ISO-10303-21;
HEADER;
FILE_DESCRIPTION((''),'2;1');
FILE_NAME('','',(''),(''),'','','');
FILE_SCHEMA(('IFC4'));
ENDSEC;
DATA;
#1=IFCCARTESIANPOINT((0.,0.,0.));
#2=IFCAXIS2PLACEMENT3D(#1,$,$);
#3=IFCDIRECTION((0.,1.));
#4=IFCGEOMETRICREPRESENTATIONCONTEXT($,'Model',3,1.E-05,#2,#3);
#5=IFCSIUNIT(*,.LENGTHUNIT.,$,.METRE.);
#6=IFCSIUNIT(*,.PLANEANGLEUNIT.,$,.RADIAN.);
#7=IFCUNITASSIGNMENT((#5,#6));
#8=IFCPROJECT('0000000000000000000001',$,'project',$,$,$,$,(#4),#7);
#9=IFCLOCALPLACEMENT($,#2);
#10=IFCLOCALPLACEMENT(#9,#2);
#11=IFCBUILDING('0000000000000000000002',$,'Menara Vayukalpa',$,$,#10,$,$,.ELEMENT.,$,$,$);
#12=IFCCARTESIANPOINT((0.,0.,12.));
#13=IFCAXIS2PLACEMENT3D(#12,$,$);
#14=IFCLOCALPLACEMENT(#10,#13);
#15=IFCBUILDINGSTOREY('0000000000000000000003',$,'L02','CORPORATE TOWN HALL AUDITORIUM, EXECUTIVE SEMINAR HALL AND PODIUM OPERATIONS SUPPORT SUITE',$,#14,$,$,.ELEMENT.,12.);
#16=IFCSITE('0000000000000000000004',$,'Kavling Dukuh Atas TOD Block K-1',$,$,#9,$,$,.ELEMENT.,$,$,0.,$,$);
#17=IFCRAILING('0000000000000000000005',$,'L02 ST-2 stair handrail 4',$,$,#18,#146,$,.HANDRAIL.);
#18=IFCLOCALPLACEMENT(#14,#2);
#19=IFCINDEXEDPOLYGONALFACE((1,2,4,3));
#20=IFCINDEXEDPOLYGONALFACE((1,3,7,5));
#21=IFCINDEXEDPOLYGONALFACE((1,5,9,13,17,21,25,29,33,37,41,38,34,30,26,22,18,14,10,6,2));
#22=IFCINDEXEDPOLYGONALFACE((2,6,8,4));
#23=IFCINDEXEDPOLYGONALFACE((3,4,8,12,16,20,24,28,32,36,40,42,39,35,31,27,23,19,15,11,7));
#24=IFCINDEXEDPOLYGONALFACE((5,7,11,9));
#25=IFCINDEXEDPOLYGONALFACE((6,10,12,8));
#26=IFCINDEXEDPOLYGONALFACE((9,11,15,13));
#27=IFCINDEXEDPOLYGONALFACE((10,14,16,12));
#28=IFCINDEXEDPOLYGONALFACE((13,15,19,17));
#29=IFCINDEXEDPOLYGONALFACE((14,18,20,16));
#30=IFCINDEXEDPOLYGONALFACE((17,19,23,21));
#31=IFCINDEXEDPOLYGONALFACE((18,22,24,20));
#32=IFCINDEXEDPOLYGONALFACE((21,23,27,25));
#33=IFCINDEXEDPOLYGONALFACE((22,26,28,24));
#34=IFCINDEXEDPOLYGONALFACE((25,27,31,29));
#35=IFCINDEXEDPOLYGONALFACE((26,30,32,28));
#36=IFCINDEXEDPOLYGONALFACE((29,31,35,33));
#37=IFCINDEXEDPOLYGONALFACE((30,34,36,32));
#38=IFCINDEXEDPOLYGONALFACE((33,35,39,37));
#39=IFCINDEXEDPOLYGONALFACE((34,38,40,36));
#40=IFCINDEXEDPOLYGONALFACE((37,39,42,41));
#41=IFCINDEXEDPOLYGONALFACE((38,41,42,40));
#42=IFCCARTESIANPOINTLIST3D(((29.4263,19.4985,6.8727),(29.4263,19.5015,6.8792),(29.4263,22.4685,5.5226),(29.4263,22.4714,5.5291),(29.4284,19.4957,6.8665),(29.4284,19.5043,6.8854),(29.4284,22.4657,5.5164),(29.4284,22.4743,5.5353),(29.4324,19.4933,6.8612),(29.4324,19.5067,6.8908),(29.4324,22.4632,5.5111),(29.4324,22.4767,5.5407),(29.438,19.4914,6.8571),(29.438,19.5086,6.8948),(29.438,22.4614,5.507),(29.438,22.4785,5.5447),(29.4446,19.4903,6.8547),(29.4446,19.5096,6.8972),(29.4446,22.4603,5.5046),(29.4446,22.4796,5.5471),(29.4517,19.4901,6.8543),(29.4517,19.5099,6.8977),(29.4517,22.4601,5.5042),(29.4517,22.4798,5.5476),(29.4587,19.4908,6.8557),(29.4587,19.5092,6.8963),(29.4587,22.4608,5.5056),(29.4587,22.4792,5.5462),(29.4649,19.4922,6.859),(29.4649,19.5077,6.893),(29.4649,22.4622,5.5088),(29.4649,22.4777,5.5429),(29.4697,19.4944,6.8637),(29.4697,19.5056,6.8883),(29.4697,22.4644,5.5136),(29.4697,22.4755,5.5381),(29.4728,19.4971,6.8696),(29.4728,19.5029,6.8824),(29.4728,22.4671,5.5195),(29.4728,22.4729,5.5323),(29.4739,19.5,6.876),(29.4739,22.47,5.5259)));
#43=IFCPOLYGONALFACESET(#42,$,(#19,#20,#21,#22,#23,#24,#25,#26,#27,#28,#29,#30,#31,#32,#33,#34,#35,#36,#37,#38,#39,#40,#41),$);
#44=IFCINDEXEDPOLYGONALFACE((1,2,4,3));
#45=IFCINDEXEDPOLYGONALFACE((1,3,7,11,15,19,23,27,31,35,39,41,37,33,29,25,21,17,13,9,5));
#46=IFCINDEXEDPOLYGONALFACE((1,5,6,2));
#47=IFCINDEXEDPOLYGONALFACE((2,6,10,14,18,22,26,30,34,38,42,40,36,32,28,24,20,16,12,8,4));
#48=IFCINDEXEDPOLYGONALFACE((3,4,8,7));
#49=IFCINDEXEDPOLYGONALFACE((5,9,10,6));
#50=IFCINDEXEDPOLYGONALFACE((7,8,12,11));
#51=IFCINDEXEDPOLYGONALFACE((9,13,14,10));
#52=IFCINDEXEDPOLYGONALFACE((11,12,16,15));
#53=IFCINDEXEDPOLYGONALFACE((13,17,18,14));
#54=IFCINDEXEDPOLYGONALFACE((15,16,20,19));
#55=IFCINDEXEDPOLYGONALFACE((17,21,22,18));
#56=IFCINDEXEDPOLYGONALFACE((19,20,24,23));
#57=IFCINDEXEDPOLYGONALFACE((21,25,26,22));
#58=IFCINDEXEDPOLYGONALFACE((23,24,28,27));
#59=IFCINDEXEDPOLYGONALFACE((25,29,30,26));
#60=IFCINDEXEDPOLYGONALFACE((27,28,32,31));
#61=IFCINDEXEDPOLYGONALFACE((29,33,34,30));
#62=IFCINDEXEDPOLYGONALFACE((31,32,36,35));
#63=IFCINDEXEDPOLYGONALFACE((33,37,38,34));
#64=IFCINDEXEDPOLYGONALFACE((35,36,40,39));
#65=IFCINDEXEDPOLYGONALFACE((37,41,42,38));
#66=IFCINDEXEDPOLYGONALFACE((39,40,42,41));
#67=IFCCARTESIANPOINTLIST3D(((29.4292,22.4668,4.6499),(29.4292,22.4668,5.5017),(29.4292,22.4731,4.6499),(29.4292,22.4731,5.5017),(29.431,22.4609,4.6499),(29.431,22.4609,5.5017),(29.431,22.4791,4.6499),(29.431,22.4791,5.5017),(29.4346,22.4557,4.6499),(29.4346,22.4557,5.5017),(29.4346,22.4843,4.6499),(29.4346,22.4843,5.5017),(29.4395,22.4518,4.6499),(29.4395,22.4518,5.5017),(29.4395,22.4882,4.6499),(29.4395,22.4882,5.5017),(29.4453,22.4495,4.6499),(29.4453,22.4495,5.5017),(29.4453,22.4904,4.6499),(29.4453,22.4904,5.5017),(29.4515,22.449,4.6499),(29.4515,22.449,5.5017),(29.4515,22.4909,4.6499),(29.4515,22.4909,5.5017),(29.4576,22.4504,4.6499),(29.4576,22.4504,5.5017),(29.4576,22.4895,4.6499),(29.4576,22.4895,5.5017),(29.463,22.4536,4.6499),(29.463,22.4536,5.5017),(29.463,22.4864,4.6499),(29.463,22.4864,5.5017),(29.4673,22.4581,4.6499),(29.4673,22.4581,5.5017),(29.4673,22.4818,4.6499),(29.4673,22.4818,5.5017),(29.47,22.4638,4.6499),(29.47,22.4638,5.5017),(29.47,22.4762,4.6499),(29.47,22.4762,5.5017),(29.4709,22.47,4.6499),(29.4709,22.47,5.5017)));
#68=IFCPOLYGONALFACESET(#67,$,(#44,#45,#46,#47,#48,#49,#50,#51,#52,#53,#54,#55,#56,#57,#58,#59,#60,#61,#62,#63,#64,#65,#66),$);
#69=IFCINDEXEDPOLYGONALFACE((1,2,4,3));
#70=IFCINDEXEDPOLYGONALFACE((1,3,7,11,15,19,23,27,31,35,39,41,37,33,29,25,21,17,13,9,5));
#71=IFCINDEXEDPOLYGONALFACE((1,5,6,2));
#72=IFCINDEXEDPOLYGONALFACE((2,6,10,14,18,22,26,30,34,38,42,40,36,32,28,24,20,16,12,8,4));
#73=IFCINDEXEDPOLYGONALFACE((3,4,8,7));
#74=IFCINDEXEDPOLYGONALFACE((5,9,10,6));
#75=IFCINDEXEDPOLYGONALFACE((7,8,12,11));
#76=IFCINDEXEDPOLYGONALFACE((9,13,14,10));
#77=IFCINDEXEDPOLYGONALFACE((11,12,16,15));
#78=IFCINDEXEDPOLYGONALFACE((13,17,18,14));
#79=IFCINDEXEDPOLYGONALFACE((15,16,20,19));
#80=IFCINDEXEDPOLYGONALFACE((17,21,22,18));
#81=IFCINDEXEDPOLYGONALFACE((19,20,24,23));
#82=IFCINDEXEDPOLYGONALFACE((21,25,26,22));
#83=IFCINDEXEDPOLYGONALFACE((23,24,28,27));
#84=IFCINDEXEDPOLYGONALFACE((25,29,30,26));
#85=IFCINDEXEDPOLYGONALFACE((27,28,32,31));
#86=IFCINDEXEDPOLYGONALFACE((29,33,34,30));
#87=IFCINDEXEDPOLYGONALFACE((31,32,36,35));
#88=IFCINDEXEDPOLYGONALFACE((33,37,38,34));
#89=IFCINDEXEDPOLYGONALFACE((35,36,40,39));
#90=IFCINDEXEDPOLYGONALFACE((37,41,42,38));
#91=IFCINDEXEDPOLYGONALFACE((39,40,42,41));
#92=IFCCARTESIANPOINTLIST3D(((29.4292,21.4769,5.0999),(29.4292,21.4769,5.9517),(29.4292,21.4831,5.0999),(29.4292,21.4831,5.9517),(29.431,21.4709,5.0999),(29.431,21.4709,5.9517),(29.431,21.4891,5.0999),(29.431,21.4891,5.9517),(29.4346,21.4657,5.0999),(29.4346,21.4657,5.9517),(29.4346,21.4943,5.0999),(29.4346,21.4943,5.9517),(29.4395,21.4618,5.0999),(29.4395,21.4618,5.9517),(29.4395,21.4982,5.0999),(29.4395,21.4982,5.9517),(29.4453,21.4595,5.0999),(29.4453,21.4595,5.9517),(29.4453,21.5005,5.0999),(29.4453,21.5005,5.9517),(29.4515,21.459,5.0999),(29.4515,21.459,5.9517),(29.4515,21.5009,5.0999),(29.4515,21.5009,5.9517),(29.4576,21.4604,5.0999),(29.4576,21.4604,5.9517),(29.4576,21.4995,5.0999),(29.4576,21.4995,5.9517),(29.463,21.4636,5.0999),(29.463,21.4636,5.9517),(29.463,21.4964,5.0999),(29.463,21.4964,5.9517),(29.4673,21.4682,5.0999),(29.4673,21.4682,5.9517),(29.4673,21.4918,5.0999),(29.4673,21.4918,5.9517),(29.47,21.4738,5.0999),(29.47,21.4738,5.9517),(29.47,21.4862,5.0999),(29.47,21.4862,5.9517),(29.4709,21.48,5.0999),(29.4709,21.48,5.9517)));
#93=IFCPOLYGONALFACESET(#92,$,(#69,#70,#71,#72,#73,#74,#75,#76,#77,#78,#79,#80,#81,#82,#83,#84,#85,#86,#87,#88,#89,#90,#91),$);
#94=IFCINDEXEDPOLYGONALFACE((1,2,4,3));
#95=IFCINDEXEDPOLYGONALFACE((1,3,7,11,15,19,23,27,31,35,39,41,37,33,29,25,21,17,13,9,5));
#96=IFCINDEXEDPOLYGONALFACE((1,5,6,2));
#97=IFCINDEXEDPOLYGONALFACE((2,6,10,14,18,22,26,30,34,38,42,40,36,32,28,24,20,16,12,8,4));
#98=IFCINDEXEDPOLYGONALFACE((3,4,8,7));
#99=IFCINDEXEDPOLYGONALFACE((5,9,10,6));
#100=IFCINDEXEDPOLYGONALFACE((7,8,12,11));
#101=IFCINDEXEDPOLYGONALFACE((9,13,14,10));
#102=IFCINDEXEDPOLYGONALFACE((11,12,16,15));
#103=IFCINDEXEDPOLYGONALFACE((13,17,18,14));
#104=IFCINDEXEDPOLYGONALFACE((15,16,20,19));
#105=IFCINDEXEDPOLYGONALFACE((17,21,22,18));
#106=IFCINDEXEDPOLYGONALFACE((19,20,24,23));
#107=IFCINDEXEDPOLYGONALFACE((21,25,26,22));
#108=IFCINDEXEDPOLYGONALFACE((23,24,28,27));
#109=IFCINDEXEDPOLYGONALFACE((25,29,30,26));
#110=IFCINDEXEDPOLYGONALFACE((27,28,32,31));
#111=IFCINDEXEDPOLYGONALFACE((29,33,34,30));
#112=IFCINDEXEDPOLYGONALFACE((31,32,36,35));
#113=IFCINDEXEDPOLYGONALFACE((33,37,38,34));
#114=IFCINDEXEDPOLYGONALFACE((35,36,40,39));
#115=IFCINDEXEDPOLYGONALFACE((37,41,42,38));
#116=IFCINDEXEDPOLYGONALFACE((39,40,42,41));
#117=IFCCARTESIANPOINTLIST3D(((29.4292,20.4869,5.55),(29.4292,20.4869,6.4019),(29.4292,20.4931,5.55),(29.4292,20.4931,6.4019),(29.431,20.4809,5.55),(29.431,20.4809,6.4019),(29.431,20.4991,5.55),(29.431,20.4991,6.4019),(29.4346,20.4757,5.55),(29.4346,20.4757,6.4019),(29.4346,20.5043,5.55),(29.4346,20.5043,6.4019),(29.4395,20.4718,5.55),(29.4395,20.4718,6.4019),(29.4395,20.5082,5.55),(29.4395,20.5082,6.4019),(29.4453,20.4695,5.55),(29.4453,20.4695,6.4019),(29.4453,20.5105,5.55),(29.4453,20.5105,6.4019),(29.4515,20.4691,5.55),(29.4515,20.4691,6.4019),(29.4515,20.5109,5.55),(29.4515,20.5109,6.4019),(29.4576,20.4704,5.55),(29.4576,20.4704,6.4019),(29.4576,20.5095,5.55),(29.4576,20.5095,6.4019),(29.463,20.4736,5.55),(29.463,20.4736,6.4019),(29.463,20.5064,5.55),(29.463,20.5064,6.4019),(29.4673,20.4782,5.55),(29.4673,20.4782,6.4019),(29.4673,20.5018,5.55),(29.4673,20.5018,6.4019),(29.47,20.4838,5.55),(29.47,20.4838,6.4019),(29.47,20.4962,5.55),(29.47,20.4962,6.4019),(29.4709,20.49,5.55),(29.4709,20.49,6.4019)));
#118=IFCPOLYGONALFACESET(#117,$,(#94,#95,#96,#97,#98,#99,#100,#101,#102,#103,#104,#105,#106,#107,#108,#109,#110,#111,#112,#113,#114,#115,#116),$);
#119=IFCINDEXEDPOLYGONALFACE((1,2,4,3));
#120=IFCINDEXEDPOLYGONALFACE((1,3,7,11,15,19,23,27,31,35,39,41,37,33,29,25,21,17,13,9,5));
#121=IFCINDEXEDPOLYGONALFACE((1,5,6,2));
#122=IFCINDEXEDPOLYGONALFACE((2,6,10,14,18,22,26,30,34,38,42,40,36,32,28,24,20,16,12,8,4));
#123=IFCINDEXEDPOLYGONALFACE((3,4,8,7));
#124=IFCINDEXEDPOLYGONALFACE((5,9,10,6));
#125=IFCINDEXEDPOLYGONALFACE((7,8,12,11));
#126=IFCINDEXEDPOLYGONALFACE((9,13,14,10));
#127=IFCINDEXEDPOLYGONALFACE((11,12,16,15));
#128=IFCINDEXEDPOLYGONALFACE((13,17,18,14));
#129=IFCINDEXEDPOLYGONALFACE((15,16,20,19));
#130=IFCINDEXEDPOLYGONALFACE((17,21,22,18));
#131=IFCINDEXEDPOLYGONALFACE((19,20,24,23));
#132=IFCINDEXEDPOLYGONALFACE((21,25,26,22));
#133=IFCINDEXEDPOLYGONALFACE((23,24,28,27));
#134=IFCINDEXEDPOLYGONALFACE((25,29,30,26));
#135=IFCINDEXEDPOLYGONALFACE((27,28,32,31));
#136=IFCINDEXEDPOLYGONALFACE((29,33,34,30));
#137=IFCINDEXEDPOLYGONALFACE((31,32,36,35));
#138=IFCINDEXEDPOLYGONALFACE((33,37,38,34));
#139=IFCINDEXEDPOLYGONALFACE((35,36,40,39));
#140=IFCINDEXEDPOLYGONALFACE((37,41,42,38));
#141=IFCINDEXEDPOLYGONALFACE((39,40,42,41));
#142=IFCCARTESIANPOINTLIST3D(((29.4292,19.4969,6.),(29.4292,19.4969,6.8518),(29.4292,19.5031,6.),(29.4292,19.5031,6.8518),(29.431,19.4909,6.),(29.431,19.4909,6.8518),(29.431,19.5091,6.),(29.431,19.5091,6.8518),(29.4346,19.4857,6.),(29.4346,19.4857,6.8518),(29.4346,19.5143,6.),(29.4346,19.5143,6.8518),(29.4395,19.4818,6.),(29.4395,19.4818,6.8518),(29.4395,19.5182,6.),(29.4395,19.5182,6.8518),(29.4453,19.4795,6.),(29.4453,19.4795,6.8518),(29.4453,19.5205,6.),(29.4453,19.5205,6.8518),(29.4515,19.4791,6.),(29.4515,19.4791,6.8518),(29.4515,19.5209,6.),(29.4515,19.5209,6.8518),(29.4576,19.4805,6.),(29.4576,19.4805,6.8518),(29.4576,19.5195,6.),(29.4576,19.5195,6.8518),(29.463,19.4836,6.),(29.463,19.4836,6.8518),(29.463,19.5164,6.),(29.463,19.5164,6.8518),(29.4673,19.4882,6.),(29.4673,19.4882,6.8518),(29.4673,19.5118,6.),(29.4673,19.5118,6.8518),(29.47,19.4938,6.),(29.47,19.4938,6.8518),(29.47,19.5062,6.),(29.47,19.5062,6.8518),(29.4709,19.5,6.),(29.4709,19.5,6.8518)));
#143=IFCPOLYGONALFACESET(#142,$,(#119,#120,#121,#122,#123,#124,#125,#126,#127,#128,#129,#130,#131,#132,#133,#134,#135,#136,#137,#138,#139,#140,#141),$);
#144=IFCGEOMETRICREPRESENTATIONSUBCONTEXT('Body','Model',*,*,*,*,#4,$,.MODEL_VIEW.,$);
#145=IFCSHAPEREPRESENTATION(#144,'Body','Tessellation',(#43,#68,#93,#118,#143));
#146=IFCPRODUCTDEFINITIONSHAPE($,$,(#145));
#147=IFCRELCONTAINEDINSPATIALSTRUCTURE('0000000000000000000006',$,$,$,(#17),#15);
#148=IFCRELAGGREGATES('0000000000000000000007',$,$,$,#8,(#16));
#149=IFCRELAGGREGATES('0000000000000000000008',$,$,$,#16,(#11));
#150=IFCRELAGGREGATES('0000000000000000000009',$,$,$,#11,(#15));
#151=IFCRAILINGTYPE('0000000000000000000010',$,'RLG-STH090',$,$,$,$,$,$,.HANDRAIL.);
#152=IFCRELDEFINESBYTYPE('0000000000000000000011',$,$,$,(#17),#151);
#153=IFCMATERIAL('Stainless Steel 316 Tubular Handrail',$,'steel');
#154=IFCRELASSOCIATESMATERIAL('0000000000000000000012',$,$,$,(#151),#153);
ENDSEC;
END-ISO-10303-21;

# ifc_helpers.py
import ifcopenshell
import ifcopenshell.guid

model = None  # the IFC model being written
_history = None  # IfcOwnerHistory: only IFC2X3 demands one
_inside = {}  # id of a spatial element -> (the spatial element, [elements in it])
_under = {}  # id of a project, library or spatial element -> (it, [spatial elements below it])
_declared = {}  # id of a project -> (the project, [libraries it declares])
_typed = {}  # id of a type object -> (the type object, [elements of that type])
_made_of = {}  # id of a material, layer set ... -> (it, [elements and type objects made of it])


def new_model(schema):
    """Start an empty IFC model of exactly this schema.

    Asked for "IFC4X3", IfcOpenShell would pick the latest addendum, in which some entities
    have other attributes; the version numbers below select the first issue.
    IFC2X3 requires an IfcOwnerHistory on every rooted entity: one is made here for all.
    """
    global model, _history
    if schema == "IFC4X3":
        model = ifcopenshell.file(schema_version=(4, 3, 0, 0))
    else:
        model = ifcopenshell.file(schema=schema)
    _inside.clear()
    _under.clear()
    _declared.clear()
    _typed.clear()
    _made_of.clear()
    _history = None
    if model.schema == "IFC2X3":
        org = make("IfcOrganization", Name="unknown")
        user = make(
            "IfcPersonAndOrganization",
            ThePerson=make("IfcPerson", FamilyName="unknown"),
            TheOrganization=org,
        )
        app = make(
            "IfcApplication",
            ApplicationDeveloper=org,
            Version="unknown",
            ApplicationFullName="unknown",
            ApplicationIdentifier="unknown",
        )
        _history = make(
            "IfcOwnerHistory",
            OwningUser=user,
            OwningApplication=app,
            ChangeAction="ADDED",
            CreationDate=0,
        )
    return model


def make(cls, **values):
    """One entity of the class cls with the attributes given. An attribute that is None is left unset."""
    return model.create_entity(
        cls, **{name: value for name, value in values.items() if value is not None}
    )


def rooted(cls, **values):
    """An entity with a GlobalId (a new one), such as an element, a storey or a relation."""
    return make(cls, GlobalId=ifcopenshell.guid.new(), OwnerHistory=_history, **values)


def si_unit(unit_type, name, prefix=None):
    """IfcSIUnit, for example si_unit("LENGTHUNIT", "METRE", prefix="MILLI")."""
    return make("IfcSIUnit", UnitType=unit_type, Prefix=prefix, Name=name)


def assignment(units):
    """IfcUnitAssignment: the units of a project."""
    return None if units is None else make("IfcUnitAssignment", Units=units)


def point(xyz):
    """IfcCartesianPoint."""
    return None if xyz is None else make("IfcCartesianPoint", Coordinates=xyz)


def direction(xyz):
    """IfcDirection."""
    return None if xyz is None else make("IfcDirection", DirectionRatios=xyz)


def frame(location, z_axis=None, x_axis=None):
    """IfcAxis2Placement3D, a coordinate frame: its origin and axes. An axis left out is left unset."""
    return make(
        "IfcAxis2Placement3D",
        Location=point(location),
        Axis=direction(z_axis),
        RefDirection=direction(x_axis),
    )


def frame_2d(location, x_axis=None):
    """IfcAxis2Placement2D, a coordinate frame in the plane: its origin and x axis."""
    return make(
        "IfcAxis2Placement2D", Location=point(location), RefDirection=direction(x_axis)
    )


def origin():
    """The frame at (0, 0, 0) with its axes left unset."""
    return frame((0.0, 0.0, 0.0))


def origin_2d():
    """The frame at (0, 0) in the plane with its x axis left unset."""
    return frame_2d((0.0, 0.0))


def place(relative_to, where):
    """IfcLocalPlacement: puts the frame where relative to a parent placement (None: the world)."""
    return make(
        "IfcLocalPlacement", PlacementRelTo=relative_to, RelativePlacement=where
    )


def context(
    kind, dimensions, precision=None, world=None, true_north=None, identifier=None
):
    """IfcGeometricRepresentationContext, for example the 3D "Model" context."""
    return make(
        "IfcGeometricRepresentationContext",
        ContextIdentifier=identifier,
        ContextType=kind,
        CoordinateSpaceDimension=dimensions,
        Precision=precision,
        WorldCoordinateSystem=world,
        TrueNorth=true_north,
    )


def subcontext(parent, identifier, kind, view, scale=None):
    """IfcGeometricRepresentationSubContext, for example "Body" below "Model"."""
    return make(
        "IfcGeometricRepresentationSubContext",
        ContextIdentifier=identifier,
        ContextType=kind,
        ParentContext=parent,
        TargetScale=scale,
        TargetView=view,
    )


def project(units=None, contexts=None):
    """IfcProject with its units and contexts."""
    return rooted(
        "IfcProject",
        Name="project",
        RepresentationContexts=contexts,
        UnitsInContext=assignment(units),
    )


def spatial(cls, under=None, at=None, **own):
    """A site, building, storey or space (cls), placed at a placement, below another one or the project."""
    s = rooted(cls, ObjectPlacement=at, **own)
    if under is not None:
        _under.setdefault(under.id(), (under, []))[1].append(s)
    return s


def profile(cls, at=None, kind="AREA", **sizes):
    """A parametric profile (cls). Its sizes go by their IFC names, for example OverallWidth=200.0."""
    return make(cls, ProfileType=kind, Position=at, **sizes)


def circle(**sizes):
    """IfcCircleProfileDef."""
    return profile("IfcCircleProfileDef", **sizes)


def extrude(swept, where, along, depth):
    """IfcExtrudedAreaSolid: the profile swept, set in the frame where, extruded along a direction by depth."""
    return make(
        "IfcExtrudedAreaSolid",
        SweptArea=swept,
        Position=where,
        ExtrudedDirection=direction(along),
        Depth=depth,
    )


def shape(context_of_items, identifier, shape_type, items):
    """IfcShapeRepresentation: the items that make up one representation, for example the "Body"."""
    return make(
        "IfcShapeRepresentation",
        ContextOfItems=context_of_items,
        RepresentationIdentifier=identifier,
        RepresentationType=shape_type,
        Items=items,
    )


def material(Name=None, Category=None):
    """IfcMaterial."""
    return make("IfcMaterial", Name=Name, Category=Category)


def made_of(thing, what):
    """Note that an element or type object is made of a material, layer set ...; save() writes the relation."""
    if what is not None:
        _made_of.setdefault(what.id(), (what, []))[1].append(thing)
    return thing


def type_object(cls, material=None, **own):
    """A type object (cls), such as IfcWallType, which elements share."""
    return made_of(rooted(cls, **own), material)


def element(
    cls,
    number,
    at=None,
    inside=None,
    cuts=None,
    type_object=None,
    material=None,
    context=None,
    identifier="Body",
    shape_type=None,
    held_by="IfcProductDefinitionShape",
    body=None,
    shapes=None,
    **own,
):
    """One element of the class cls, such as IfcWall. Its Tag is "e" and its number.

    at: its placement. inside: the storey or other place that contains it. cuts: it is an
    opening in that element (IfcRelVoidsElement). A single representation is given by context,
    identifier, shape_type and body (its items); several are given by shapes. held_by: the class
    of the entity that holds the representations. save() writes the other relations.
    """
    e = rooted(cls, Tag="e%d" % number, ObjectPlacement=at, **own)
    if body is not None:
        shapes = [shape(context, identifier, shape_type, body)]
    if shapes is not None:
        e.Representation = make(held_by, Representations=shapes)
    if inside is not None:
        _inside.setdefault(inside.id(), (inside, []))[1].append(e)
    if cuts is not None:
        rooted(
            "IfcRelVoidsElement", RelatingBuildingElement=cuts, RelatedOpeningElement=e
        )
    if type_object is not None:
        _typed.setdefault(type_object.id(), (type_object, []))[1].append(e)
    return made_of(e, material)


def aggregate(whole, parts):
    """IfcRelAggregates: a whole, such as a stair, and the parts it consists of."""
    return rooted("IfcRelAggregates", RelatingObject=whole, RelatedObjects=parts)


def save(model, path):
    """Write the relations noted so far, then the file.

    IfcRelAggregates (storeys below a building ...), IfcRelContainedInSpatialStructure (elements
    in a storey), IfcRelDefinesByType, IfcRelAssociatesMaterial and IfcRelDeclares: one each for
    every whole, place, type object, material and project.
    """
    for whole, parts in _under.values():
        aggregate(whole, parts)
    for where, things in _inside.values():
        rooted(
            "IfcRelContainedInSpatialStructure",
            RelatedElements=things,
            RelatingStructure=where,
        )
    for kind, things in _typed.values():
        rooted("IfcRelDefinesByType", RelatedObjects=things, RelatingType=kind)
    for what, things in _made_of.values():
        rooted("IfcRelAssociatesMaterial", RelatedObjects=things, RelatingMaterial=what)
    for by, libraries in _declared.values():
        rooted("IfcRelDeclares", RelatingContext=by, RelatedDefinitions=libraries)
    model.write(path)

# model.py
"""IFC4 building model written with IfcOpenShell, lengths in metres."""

from ifc_helpers import new_model, si_unit, direction, frame, origin, origin_2d, place, context, subcontext, project, spatial, circle, extrude, material, type_object, element, save


model = new_model("IFC4")

# Units and contexts
model_context = context("Model", 3, precision=1e-05, world=origin(), true_north=direction((0.0, 1.0)))
body_context = subcontext(model_context, "Body", "Model", "MODEL_VIEW")
ifc_project = project(units=[si_unit("LENGTHUNIT", "METRE"), si_unit("PLANEANGLEUNIT", "RADIAN")], contexts=[model_context])

# Site, building, storey
site_placement = place(None, origin())
site = spatial("IfcSite", under=ifc_project, at=site_placement, Name="Kavling Dukuh Atas TOD Block K-1", CompositionType="ELEMENT", RefElevation=0.0)
building_placement = place(site_placement, origin())
building = spatial("IfcBuilding", under=site, at=building_placement, Name="Menara Vayukalpa", CompositionType="ELEMENT")
storey_placement = place(building_placement, frame((0.0, 0.0, 12.0)))
storey = spatial("IfcBuildingStorey", under=building, at=storey_placement, Name="L02", Description="CORPORATE TOWN HALL AUDITORIUM, EXECUTIVE SEMINAR HALL AND PODIUM OPERATIONS SUPPORT SUITE", CompositionType="ELEMENT", Elevation=12.0)

# Railing
ifc_material_1 = material(Name="Stainless Steel 316 Tubular Handrail", Category="steel")
railing_type_1 = type_object("IfcRailingType", Name="RLG-STH090", PredefinedType="HANDRAIL", material=ifc_material_1)
for number, where, name in (
    (1, (29.45, 22.47, 4.6499), "L02 ST-2 stair handrail 4"),
):
    element("IfcRailing", number, at=place(storey_placement, frame(where)), inside=storey, type_object=railing_type_1, Name=name, PredefinedType="HANDRAIL", context=body_context, shape_type="SweptSolid", body=[
        extrude(circle(Radius=0.0239, at=origin_2d()), frame((0.0, 0.0, 0.876), z_axis=(0.0, -0.910354, 0.413831), x_axis=(1.0, 0.0, 0.0)), (0.0, 0.0, 1.0), 3.2625),
        extrude(circle(Radius=0.021, at=origin_2d()), origin(), (0.0, 0.0, 1.0), 0.8518),
        extrude(circle(Radius=0.021, at=origin_2d()), frame((0.0, -0.99, 0.45)), (0.0, 0.0, 1.0), 0.8518),
        extrude(circle(Radius=0.021, at=origin_2d()), frame((0.0, -1.98, 0.9001)), (0.0, 0.0, 1.0), 0.8518),
        extrude(circle(Radius=0.021, at=origin_2d()), frame((0.0, -2.97, 1.3501)), (0.0, 0.0, 1.0), 0.8518),
    ])

save(model, "model.ifc")
